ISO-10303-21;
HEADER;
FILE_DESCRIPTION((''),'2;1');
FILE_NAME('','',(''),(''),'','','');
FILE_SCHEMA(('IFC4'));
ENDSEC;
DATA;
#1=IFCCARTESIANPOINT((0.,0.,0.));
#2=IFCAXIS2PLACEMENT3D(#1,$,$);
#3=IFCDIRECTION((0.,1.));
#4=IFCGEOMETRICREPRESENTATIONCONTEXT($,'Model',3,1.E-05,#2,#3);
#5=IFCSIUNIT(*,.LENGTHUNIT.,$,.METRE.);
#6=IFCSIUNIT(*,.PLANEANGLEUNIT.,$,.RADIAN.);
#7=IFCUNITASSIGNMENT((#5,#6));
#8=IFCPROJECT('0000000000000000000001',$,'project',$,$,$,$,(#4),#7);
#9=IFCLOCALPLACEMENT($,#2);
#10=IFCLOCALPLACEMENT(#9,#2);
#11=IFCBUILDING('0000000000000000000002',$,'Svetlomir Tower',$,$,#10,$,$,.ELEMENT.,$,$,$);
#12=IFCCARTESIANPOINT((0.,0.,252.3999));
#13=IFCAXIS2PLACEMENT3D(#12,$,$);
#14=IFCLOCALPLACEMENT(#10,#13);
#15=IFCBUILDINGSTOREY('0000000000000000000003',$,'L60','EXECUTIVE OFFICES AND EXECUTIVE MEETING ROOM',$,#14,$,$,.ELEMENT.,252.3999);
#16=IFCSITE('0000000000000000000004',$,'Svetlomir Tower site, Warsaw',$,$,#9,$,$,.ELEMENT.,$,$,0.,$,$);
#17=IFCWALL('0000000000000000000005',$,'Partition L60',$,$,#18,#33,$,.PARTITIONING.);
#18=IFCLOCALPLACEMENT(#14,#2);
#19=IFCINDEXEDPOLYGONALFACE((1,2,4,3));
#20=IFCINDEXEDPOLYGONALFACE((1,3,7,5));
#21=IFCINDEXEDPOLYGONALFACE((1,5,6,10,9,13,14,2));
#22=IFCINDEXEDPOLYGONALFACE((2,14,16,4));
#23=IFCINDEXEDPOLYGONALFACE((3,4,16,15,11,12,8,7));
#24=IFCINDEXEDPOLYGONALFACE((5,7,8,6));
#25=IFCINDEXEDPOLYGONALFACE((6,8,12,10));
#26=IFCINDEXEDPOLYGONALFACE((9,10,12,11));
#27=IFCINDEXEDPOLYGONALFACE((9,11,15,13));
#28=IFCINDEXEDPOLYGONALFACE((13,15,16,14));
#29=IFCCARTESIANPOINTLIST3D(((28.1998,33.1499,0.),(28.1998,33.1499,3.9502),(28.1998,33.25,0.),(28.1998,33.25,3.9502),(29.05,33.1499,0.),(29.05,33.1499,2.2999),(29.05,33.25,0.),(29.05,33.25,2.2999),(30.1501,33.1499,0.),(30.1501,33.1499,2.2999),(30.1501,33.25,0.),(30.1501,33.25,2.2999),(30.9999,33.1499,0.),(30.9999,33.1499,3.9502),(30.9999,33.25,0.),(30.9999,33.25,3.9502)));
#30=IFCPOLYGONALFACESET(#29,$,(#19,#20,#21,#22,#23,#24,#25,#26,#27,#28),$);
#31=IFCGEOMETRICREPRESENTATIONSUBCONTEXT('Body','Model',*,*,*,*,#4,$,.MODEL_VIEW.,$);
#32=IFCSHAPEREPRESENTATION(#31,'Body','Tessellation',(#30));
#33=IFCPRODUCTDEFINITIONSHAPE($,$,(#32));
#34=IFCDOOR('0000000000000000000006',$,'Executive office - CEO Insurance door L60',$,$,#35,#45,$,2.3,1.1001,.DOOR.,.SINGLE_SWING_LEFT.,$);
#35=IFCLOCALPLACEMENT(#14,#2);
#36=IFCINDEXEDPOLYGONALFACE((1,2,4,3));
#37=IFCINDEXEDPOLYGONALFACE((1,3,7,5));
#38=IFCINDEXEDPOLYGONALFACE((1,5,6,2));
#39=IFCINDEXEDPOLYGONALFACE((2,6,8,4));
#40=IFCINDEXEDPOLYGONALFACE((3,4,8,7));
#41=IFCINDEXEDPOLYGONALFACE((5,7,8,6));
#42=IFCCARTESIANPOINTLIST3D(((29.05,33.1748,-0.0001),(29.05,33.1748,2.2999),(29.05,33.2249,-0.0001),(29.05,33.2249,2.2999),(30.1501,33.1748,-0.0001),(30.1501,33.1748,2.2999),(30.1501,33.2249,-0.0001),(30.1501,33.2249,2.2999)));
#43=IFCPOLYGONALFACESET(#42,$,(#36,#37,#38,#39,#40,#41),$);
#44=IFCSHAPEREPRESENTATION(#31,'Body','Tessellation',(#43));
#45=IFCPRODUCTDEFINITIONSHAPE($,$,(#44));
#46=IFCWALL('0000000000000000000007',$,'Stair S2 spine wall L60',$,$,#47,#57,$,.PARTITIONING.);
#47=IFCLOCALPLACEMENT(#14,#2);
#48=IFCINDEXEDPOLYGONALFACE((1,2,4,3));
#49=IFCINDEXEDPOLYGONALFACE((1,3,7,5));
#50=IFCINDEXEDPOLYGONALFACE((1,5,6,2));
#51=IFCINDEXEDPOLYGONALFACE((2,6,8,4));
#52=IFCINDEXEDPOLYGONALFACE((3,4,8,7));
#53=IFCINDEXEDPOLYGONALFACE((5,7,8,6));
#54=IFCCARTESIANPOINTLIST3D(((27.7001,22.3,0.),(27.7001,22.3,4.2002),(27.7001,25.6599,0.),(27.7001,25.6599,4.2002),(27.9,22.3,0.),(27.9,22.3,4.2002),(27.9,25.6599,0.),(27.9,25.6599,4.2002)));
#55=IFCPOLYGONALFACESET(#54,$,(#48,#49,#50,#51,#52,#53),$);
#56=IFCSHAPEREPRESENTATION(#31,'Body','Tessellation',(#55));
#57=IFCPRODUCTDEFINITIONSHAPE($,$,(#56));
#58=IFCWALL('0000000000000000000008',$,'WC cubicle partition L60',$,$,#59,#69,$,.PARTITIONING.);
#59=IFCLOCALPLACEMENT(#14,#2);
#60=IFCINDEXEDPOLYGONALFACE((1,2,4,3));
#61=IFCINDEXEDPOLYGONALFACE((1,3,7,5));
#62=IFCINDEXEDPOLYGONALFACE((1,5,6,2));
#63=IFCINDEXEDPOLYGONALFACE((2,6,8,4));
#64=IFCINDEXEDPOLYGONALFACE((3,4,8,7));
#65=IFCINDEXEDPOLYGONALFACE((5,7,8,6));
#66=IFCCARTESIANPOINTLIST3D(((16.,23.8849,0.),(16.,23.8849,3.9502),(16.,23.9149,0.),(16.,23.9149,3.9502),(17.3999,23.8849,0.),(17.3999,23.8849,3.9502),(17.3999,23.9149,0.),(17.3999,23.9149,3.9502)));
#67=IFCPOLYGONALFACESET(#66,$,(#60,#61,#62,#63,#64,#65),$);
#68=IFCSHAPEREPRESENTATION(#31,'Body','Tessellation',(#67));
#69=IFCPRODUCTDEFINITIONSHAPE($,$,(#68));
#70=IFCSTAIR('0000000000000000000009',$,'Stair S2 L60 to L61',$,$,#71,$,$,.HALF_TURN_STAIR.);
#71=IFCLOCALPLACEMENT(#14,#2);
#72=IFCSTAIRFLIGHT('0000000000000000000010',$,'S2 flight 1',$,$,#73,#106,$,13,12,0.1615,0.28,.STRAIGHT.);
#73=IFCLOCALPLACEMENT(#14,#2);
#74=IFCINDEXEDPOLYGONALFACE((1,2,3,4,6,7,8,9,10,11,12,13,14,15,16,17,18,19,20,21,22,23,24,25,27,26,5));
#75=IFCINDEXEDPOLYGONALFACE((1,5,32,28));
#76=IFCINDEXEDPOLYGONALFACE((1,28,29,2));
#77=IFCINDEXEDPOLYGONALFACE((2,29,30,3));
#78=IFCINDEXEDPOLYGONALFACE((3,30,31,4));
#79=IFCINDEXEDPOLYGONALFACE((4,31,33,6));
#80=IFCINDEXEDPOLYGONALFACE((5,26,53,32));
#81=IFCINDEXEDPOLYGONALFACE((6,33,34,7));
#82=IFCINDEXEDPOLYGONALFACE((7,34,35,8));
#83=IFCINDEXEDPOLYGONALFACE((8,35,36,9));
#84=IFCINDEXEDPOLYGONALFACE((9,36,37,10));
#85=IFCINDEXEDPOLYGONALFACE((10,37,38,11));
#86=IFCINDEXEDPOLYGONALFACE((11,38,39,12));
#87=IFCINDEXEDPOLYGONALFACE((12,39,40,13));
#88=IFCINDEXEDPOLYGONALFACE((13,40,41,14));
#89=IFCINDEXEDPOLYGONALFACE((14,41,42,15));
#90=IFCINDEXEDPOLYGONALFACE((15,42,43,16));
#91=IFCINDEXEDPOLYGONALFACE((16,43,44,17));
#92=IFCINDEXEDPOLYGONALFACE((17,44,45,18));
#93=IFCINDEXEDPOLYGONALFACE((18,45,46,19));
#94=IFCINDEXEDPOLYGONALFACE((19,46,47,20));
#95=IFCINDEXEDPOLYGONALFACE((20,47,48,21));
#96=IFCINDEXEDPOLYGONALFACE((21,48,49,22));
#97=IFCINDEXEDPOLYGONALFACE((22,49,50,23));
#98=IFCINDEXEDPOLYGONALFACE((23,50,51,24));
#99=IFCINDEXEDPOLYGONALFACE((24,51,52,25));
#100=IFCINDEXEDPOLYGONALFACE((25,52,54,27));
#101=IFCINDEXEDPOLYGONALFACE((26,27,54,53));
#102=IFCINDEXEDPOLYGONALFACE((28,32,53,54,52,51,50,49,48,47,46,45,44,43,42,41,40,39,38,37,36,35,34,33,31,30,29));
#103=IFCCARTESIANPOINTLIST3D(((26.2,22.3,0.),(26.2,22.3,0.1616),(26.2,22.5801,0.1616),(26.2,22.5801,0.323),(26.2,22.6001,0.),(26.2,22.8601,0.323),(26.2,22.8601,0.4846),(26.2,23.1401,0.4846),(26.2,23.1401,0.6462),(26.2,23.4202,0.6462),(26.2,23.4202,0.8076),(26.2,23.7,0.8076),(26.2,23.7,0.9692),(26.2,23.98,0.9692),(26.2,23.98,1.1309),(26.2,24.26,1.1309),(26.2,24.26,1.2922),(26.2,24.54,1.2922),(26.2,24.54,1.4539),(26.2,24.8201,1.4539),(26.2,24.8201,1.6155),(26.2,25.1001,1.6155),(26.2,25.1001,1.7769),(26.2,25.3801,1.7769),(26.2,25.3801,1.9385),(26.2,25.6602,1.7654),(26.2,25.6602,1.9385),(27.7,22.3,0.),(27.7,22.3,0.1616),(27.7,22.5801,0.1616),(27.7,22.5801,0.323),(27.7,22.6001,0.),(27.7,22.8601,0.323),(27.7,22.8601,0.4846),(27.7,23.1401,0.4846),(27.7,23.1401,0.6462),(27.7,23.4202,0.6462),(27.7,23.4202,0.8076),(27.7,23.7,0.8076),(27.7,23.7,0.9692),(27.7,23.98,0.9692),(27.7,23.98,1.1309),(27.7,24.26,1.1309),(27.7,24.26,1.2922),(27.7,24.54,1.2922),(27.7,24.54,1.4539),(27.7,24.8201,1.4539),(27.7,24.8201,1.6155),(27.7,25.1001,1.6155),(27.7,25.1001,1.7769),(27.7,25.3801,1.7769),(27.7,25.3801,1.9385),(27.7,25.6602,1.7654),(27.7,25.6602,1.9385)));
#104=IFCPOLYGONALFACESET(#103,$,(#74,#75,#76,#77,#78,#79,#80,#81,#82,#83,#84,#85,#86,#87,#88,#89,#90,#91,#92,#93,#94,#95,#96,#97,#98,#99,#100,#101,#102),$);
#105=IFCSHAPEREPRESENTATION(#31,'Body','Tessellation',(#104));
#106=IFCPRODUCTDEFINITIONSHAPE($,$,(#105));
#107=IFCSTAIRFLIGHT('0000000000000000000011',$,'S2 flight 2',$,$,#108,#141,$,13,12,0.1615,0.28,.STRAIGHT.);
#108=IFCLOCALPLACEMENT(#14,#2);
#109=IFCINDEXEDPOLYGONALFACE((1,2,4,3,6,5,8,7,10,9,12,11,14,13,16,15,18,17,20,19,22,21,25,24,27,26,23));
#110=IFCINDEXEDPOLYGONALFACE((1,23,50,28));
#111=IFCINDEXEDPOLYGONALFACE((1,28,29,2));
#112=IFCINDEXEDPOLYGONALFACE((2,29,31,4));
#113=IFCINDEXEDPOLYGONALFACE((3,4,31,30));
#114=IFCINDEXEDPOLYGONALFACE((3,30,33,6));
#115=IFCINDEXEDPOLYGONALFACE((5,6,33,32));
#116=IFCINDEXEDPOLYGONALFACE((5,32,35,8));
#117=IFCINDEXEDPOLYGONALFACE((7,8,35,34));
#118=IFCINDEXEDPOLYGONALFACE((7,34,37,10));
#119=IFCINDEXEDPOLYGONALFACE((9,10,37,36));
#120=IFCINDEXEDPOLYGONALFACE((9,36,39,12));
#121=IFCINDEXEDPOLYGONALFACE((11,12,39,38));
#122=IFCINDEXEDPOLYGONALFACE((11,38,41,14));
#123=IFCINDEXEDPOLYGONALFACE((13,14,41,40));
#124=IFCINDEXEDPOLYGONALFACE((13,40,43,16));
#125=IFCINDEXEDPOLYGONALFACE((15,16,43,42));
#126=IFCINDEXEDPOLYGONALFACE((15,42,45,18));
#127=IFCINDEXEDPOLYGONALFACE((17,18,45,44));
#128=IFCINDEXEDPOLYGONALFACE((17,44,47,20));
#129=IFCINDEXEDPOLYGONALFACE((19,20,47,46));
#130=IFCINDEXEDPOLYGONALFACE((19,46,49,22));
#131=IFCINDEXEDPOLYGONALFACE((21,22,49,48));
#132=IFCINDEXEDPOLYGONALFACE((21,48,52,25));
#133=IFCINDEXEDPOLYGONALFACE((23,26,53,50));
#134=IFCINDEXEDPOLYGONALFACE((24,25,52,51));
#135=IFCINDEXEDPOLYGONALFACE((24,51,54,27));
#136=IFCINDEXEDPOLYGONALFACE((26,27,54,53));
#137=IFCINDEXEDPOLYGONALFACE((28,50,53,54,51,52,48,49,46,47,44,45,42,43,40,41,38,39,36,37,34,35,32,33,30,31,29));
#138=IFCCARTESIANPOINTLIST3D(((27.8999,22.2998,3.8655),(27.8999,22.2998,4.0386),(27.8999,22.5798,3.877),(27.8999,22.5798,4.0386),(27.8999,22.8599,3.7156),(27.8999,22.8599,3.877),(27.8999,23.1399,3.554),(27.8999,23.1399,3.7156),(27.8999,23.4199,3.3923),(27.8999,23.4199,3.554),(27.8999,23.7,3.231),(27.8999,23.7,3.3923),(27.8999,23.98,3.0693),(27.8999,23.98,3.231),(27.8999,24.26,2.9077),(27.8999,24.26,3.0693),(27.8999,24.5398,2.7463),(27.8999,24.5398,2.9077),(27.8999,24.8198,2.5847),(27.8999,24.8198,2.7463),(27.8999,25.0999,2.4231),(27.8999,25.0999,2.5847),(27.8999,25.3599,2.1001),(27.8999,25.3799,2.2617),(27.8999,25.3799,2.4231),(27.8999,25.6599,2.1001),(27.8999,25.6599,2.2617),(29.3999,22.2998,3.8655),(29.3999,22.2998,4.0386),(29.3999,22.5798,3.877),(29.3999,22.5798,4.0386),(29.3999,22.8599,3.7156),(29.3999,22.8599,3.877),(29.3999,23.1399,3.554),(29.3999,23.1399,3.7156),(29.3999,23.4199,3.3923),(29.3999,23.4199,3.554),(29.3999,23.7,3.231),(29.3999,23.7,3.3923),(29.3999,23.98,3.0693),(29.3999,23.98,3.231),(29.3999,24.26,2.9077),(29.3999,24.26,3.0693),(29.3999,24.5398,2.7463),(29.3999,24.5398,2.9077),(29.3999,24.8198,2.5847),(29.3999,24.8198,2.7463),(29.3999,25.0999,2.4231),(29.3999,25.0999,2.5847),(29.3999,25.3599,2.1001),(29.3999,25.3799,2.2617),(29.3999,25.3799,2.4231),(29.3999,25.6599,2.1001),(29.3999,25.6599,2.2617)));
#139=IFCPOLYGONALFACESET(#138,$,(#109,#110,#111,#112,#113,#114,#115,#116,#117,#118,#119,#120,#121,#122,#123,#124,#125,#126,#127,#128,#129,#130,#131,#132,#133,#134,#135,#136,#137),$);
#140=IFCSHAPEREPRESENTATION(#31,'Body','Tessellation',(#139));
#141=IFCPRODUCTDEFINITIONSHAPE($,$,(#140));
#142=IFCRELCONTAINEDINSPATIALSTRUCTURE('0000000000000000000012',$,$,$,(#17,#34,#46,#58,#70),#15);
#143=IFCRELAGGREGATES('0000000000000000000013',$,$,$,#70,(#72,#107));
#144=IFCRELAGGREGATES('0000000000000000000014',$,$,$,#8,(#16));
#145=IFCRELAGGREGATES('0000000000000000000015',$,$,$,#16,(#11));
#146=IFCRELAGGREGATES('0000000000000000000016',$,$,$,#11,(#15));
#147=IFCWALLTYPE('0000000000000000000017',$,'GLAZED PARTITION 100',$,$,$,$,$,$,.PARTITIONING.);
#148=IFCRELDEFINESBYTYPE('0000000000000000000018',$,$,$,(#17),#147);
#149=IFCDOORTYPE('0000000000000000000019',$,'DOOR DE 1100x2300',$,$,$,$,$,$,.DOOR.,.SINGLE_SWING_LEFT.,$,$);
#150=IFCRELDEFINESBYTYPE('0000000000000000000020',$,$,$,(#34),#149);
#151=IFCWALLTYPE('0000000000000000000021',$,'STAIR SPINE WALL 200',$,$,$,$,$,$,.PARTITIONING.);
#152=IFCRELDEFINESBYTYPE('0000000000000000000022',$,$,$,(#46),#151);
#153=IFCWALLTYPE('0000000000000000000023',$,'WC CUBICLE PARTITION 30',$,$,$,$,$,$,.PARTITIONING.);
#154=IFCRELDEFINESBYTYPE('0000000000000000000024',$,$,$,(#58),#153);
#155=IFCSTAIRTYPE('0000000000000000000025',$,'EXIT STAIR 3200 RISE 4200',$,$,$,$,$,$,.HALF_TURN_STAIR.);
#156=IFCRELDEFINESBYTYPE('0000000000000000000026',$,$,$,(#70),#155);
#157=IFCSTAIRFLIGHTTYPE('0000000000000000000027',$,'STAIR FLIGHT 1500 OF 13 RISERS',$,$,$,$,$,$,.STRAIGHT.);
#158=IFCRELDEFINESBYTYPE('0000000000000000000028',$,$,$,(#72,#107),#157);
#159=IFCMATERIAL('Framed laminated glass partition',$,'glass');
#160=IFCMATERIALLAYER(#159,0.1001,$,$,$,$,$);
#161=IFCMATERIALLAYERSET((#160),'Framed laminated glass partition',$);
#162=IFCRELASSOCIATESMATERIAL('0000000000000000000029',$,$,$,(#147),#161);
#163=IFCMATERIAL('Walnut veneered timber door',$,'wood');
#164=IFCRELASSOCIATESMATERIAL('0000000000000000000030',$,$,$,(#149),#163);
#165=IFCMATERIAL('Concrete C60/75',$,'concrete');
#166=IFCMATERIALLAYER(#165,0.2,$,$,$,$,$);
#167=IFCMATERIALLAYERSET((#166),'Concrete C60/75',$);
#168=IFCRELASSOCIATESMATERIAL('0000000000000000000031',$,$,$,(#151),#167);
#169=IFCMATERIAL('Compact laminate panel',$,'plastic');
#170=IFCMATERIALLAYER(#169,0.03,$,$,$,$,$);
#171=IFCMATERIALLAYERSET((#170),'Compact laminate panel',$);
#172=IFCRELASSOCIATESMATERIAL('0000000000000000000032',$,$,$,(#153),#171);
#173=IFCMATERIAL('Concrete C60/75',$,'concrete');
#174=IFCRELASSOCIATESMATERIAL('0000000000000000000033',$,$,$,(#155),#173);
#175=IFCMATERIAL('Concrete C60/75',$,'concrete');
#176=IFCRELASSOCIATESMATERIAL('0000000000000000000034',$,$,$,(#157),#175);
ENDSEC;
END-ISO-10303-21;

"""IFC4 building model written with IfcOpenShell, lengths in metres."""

from ifc_helpers import new_model, si_unit, direction, frame, frame_2d, origin, place, context, subcontext, project, spatial, polyline, rectangle, outline, extrude, material, layer, layer_set, type_object, element, fill, aggregate, save


model = new_model("IFC4")

# Units and contexts
model_context = context("Model", 3, precision=1e-05, world=origin(), true_north=direction((0.0, 1.0)))
body_context = subcontext(model_context, "Body", "Model", "MODEL_VIEW")
ifc_project = project(units=[si_unit("LENGTHUNIT", "METRE"), si_unit("PLANEANGLEUNIT", "RADIAN")], contexts=[model_context])

# Site, building, storey
site_placement = place(None, origin())
site = spatial("IfcSite", under=ifc_project, at=site_placement, Name="Svetlomir Tower site, Warsaw", CompositionType="ELEMENT", RefElevation=0.0)
building_placement = place(site_placement, origin())
building = spatial("IfcBuilding", under=site, at=building_placement, Name="Svetlomir Tower", CompositionType="ELEMENT")
storey_placement = place(building_placement, frame((0.0, 0.0, 252.3999)))
storey = spatial("IfcBuildingStorey", under=building, at=storey_placement, Name="L60", Description="EXECUTIVE OFFICES AND EXECUTIVE MEETING ROOM", CompositionType="ELEMENT", Elevation=252.3999)

# Shared definitions
ifc_material_1 = material(Name="Framed laminated glass partition", Category="glass")
ifc_layer_1 = layer(ifc_material_1, 0.1001)
ifc_layer_set_1 = layer_set([ifc_layer_1], Name="Framed laminated glass partition")
wall_type_1 = type_object("IfcWallType", Name="GLAZED PARTITION 100", PredefinedType="PARTITIONING", material=ifc_layer_set_1)

# Shared definitions
ifc_material_2 = material(Name="Walnut veneered timber door", Category="wood")
door_type_1 = type_object("IfcDoorType", Name="DOOR DE 1100x2300", OperationType="SINGLE_SWING_LEFT", PredefinedType="DOOR", material=ifc_material_2)

# Wall, opening, door
wall_1_placement = place(storey_placement, frame((28.2, 33.2, 0.0), z_axis=(0.0, 0.0, 1.0), x_axis=(1.0, 0.0, 0.0)))
wall_1 = element("IfcWall", 1, at=wall_1_placement, inside=storey, type_object=wall_type_1, Name="Partition L60", PredefinedType="PARTITIONING", context=body_context, shape_type="SweptSolid", body=[
    extrude(rectangle(XDim=2.8, YDim=0.1001, at=frame_2d((1.3999, 0.0))), origin(), (0.0, 0.0, 1.0), 3.9502),
])
opening_1_placement = place(wall_1_placement, frame((0.8501, 0.0, 0.0)))
opening_1 = element("IfcOpeningElement", 2, at=opening_1_placement, cuts=wall_1, PredefinedType="OPENING", context=body_context, shape_type="SweptSolid", body=[
    extrude(rectangle(XDim=1.1001, YDim=2.3, at=frame_2d((0.55, 1.1499))), frame((0.0, 0.0601, 0.0), z_axis=(0.0, -1.0, 0.0), x_axis=(1.0, 0.0, 0.0)), (0.0, 0.0, 1.0), 0.1201),
])
door_1_placement = place(opening_1_placement, origin())
door_1 = element("IfcDoor", 3, at=door_1_placement, inside=storey, type_object=door_type_1, Name="Executive office - CEO Insurance door L60", OperationType="SINGLE_SWING_LEFT", OverallHeight=2.3, OverallWidth=1.1001, PredefinedType="DOOR", context=body_context, shape_type="SweptSolid", body=[
    extrude(rectangle(XDim=1.1001, YDim=2.3, at=frame_2d((0.55, 1.1499))), frame((0.0, 0.0249, 0.0), z_axis=(0.0, -1.0, 0.0), x_axis=(1.0, 0.0, 0.0)), (0.0, 0.0, 1.0), 0.05),
])
fill(opening_1, door_1)

# Walls
ifc_material_3 = material(Name="Concrete C60/75", Category="concrete")
ifc_layer_2 = layer(ifc_material_3, 0.2)
ifc_layer_set_2 = layer_set([ifc_layer_2], Name="Concrete C60/75")
wall_type_2 = type_object("IfcWallType", Name="STAIR SPINE WALL 200", PredefinedType="PARTITIONING", material=ifc_layer_set_2)
wall_2_placement = place(storey_placement, frame((27.8, 22.3, 0.0), z_axis=(0.0, 0.0, 1.0), x_axis=(0.0, 1.0, 0.0)))
element("IfcWall", 4, at=wall_2_placement, inside=storey, type_object=wall_type_2, Name="Stair S2 spine wall L60", PredefinedType="PARTITIONING", context=body_context, shape_type="SweptSolid", body=[
    extrude(rectangle(XDim=3.3599, YDim=0.2, at=frame_2d((1.6799, 0.0))), origin(), (0.0, 0.0, 1.0), 4.2002),
])
ifc_material_4 = material(Name="Compact laminate panel", Category="plastic")
ifc_layer_3 = layer(ifc_material_4, 0.03)
ifc_layer_set_3 = layer_set([ifc_layer_3], Name="Compact laminate panel")
wall_type_3 = type_object("IfcWallType", Name="WC CUBICLE PARTITION 30", PredefinedType="PARTITIONING", material=ifc_layer_set_3)
wall_3_placement = place(storey_placement, frame((16.0, 23.8999, 0.0), z_axis=(0.0, 0.0, 1.0), x_axis=(1.0, 0.0, 0.0)))
element("IfcWall", 5, at=wall_3_placement, inside=storey, type_object=wall_type_3, Name="WC cubicle partition L60", PredefinedType="PARTITIONING", context=body_context, shape_type="SweptSolid", body=[
    extrude(rectangle(XDim=1.3999, YDim=0.03, at=frame_2d((0.7, 0.0))), origin(), (0.0, 0.0, 1.0), 3.9502),
])

# Stair, stair flights
ifc_material_5 = material(Name="Concrete C60/75", Category="concrete")
stair_type = type_object("IfcStairType", Name="EXIT STAIR 3200 RISE 4200", PredefinedType="HALF_TURN_STAIR", material=ifc_material_5)
stair_placement = place(storey_placement, origin())
stair = element("IfcStair", 6, at=stair_placement, inside=storey, type_object=stair_type, Name="Stair S2 L60 to L61", PredefinedType="HALF_TURN_STAIR")
ifc_material_6 = material(Name="Concrete C60/75", Category="concrete")
stair_flight_type = type_object("IfcStairFlightType", Name="STAIR FLIGHT 1500 OF 13 RISERS", PredefinedType="STRAIGHT", material=ifc_material_6)
stair_flight_1_placement = place(storey_placement, frame((26.95, 22.3, 0.0), z_axis=(0.0, 0.0, 1.0), x_axis=(0.0, 1.0, 0.0)))
stair_flight_1 = element("IfcStairFlight", 7, at=stair_flight_1_placement, type_object=stair_flight_type, Name="S2 flight 1", NumberOfRisers=13, NumberOfTreads=12, PredefinedType="STRAIGHT", RiserHeight=0.1615, TreadLength=0.28, context=body_context, shape_type="SweptSolid", body=[
    extrude(outline(polyline([(0.0, 0.0), (0.0, 0.1616), (0.28, 0.1616), (0.28, 0.323), (0.5601, 0.323), (0.5601, 0.4846), (0.8401, 0.4846), (0.8401, 0.6462), (1.1201, 0.6462), (1.1201, 0.8076), (1.3999, 0.8076), (1.3999, 0.9692), (1.6799, 0.9692), (1.6799, 1.1309), (1.96, 1.1309), (1.96, 1.2922), (2.24, 1.2922), (2.24, 1.4539), (2.52, 1.4539), (2.52, 1.6155), (2.8, 1.6155), (2.8, 1.7769), (3.0801, 1.7769), (3.0801, 1.9385), (3.3601, 1.9385), (3.3601, 2.1001), (3.3601, 1.7654), (0.3, 0.0), (0.0, 0.0)])), frame((0.0, 0.75, 0.0), z_axis=(0.0, -1.0, 0.0), x_axis=(1.0, 0.0, 0.0)), (0.0, 0.0, 1.0), 1.5),
])
stair_flight_2_placement = place(storey_placement, frame((28.6499, 25.6599, 2.1001), z_axis=(0.0, 0.0, 1.0), x_axis=(0.0, -1.0, 0.0)))
stair_flight_2 = element("IfcStairFlight", 8, at=stair_flight_2_placement, type_object=stair_flight_type, Name="S2 flight 2", NumberOfRisers=13, NumberOfTreads=12, PredefinedType="STRAIGHT", RiserHeight=0.1615, TreadLength=0.28, context=body_context, shape_type="SweptSolid", body=[
    extrude(outline(polyline([(0.0, 0.0), (0.0, 0.1616), (0.28, 0.1616), (0.28, 0.323), (0.5601, 0.323), (0.5601, 0.4846), (0.8401, 0.4846), (0.8401, 0.6462), (1.1201, 0.6462), (1.1201, 0.8076), (1.3999, 0.8076), (1.3999, 0.9692), (1.6799, 0.9692), (1.6799, 1.1309), (1.96, 1.1309), (1.96, 1.2922), (2.24, 1.2922), (2.24, 1.4539), (2.52, 1.4539), (2.52, 1.6155), (2.8, 1.6155), (2.8, 1.7769), (3.0801, 1.7769), (3.0801, 1.9385), (3.3601, 1.9385), (3.3601, 2.1001), (3.3601, 1.7654), (0.3, 0.0), (0.0, 0.0)])), frame((0.0, 0.75, 0.0), z_axis=(0.0, -1.0, 0.0), x_axis=(1.0, 0.0, 0.0)), (0.0, 0.0, 1.0), 1.5),
])
aggregate(stair, [stair_flight_1, stair_flight_2])

save(model, "model.ifc")
